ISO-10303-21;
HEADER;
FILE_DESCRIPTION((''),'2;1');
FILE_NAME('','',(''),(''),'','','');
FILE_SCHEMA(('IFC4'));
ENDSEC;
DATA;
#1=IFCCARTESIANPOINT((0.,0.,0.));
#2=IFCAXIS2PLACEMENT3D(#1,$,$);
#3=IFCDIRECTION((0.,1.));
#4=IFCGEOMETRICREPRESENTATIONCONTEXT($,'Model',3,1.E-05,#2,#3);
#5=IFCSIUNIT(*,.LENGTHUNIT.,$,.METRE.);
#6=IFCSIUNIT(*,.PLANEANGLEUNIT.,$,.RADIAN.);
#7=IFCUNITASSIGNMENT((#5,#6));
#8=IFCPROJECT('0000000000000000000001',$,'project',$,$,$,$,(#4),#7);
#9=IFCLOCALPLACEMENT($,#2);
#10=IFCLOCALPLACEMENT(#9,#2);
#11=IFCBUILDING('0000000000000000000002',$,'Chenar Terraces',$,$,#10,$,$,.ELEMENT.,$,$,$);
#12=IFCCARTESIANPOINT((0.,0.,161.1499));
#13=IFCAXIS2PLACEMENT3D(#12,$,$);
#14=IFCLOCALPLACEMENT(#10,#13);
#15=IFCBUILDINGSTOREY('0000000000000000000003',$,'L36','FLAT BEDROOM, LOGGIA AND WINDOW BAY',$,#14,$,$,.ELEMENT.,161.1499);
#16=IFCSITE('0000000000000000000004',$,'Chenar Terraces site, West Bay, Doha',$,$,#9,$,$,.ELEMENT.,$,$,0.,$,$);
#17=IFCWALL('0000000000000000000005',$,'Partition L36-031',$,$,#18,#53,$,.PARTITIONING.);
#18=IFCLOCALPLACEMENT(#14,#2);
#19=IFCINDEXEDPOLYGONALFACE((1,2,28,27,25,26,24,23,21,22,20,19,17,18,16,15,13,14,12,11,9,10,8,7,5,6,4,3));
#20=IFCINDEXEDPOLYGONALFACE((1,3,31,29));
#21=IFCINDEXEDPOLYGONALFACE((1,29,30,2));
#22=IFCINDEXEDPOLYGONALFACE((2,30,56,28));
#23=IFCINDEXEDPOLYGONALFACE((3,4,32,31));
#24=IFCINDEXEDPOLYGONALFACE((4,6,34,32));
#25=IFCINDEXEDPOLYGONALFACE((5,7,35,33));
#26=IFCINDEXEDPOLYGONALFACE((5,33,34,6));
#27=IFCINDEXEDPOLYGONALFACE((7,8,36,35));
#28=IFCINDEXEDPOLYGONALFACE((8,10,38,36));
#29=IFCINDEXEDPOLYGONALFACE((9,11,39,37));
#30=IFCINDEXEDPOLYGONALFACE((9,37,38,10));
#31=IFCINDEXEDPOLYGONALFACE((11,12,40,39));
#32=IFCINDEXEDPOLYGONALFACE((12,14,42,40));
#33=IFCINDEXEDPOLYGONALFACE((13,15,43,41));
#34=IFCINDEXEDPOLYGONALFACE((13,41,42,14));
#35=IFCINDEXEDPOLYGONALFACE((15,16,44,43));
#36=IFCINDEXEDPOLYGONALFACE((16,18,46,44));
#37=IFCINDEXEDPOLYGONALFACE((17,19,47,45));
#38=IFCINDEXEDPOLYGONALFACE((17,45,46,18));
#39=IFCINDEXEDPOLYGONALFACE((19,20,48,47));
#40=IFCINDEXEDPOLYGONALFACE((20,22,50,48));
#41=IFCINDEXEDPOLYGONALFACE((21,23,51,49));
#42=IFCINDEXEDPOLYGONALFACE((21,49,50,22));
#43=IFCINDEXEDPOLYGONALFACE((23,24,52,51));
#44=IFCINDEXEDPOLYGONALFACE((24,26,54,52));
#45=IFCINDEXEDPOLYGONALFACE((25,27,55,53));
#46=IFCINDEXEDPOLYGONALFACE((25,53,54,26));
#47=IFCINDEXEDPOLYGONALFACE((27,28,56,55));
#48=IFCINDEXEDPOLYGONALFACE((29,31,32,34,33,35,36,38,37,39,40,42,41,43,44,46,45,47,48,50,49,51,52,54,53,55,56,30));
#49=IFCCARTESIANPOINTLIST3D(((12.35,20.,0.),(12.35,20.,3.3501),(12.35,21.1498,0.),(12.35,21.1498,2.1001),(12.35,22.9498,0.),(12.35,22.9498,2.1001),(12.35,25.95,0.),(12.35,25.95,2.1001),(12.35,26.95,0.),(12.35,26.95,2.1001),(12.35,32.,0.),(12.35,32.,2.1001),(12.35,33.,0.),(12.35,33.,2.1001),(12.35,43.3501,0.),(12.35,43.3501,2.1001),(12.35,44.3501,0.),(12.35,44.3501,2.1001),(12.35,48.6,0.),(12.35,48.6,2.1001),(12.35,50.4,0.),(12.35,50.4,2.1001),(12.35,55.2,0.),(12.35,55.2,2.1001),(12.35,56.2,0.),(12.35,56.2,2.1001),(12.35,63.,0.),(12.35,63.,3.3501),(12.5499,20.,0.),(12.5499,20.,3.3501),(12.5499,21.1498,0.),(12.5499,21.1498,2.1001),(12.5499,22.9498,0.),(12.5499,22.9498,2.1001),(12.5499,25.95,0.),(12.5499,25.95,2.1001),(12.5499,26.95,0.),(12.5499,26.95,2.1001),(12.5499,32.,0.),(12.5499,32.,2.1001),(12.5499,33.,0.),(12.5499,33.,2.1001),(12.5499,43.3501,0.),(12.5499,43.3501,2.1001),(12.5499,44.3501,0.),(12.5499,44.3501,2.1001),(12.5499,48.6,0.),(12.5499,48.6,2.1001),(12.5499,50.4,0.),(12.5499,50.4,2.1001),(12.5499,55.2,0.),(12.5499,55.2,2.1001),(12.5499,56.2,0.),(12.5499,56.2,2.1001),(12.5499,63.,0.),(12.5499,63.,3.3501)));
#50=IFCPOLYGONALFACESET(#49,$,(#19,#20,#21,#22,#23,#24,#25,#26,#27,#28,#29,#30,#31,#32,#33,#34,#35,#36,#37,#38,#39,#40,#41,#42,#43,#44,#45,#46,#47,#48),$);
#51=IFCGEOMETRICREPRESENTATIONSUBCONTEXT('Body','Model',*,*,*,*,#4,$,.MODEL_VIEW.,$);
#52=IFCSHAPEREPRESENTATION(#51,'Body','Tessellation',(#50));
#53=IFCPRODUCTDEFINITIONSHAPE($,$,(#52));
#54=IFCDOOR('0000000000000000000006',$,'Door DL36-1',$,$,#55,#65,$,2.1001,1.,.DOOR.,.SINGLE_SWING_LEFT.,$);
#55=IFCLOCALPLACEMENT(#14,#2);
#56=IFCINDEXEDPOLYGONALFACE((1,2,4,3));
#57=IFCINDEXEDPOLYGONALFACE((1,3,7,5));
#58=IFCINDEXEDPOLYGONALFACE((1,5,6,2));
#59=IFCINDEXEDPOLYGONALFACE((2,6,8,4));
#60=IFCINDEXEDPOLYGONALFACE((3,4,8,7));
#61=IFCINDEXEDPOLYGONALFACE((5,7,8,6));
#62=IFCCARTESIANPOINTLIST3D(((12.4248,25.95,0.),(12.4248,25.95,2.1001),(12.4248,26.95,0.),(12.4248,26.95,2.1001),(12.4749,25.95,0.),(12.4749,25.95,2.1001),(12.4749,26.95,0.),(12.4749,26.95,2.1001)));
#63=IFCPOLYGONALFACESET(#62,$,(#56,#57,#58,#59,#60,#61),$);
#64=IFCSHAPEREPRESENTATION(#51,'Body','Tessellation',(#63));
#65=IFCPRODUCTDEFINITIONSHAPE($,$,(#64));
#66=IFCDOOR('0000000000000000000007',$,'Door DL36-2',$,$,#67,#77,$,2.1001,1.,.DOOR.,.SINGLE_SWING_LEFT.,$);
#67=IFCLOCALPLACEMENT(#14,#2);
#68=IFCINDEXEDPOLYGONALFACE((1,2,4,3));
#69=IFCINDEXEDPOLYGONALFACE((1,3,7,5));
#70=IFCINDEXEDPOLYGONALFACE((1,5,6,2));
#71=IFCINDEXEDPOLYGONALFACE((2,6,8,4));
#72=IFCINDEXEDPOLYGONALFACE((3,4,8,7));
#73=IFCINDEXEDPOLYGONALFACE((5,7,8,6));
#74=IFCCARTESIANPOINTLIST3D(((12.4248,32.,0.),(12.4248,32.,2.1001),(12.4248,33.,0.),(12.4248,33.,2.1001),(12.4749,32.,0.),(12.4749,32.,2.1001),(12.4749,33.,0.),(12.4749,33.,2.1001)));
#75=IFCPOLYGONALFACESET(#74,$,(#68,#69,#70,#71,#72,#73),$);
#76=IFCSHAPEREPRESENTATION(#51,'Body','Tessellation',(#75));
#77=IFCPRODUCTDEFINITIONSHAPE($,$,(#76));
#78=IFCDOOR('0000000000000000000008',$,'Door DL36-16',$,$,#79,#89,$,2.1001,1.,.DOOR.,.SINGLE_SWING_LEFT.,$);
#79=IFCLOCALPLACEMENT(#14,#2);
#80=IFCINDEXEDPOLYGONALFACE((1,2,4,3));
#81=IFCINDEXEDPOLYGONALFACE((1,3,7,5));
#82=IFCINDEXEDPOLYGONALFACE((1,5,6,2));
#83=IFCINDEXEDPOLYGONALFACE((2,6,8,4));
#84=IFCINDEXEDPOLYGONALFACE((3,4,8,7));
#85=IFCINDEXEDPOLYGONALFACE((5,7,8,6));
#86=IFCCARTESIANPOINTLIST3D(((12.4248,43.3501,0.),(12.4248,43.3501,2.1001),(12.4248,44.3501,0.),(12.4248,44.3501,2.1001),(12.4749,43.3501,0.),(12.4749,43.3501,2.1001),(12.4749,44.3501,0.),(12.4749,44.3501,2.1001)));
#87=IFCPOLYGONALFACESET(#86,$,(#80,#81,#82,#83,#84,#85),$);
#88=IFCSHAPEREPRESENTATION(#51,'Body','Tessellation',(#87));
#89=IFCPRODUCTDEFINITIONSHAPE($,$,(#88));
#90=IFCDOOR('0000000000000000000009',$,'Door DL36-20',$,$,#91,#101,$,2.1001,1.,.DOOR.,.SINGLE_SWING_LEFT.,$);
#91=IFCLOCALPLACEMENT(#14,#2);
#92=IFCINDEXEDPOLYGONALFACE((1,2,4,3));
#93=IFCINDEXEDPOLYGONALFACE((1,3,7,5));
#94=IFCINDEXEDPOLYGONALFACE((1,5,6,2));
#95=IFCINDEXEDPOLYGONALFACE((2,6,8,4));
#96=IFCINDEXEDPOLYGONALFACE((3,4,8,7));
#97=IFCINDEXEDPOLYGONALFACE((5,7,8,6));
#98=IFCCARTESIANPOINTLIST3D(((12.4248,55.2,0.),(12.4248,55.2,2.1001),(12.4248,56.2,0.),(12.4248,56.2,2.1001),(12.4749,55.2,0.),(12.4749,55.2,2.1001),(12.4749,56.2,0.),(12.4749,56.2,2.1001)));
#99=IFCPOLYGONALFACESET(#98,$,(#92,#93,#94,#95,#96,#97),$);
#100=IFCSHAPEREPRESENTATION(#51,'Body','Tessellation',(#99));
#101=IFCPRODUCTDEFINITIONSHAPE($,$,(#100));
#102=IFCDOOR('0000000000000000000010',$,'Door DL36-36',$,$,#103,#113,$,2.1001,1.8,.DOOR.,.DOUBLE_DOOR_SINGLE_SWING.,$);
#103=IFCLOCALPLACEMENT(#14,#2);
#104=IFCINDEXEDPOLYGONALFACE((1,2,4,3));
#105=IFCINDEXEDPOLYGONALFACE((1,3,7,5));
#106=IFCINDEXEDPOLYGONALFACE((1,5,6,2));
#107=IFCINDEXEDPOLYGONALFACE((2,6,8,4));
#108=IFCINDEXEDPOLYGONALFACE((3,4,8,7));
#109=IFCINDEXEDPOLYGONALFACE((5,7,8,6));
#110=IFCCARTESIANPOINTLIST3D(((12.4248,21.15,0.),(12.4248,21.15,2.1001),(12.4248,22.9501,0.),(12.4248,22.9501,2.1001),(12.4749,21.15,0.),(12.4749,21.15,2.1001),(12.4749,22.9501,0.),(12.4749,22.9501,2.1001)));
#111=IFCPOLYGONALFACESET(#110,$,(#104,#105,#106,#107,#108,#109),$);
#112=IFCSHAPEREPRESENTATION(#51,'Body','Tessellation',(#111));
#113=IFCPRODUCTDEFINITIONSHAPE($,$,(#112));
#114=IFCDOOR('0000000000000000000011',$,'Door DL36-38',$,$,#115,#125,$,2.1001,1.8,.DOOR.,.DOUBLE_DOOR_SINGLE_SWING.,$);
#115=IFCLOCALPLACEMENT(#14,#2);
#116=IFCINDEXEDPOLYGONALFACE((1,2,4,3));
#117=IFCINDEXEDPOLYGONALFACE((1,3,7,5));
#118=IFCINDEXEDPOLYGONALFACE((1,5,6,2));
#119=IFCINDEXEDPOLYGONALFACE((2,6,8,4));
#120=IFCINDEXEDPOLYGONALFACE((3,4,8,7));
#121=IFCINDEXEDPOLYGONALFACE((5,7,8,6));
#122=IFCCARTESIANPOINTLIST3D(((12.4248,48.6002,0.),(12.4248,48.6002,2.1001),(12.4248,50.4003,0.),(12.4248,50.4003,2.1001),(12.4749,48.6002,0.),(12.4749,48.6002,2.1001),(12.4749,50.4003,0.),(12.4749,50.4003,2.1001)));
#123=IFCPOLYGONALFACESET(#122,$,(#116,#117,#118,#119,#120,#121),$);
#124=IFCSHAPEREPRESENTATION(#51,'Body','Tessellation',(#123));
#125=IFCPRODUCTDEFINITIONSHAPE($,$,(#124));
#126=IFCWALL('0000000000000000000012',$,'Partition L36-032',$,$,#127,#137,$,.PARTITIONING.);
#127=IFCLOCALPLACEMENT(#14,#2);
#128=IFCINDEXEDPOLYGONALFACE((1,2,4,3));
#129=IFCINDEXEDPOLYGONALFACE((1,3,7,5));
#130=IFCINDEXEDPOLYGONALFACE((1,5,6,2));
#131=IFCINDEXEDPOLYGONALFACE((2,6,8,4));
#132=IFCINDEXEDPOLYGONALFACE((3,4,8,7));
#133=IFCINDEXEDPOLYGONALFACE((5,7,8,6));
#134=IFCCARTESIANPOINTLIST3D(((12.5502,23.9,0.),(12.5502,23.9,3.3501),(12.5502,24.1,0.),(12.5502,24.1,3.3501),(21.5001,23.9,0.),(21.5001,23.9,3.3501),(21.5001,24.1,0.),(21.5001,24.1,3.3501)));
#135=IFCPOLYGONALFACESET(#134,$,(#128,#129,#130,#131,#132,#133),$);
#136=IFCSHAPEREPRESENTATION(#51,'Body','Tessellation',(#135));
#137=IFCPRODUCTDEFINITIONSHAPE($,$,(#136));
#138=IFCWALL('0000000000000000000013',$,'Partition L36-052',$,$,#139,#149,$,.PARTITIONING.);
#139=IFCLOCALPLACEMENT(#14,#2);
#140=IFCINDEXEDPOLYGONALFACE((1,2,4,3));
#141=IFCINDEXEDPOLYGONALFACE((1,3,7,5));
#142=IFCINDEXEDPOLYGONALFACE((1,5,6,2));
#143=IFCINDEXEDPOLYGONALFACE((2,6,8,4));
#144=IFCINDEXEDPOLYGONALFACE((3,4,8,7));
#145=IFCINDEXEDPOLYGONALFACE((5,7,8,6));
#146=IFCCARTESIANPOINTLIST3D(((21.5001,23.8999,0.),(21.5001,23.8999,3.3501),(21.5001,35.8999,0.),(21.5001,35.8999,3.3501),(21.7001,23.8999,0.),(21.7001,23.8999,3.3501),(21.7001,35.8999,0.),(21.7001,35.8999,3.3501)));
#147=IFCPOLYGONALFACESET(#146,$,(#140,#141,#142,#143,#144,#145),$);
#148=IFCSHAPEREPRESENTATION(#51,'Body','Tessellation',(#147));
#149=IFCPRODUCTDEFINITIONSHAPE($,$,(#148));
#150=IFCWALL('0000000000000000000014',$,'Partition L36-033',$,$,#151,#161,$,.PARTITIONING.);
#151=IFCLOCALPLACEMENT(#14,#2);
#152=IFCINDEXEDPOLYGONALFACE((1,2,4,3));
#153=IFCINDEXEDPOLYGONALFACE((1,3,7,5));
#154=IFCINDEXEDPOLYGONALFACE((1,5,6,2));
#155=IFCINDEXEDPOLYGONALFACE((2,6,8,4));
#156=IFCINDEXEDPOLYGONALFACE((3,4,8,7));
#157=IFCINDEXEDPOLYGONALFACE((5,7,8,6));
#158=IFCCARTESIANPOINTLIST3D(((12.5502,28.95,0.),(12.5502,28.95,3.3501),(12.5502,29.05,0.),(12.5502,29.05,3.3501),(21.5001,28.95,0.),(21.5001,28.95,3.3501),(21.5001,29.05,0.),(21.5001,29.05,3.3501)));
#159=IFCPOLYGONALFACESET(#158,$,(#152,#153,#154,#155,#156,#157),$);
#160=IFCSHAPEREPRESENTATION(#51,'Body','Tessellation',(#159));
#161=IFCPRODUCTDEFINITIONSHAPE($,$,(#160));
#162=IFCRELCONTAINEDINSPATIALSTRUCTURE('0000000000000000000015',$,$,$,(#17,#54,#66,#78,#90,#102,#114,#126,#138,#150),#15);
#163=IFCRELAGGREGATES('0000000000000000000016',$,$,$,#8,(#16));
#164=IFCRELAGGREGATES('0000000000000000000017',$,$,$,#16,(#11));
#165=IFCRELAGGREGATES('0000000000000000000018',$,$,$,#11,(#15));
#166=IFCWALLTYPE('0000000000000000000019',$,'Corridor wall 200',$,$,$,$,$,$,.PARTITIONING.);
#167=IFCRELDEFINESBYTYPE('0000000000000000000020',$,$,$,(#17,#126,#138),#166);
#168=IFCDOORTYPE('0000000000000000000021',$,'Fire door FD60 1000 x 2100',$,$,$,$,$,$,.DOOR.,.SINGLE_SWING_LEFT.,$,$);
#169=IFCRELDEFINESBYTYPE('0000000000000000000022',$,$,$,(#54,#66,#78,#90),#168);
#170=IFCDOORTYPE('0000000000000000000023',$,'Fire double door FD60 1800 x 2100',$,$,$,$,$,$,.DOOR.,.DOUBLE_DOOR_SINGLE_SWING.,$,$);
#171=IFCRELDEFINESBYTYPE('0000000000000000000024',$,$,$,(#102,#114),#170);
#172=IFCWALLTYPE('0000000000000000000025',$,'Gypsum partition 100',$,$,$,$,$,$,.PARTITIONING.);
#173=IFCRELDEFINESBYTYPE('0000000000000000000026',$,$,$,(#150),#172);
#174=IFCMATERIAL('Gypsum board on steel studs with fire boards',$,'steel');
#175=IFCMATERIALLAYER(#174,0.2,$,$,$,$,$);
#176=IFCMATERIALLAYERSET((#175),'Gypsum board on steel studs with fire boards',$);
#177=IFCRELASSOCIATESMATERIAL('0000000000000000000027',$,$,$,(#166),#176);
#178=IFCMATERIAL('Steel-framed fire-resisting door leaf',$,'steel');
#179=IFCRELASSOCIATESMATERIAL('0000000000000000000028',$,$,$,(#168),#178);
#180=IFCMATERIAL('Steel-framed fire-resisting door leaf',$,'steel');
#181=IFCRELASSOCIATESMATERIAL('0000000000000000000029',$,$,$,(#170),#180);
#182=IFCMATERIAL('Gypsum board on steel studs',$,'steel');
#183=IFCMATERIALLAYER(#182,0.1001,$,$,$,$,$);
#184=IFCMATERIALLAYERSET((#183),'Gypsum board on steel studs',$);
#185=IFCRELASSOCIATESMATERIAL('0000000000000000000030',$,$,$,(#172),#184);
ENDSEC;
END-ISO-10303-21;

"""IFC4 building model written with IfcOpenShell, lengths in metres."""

from ifc_helpers import new_model, si_unit, direction, frame, frame_2d, origin, place, context, subcontext, project, spatial, rectangle, extrude, material, layer, layer_set, type_object, element, fill, save


model = new_model("IFC4")

# Units and contexts
model_context = context("Model", 3, precision=1e-05, world=origin(), true_north=direction((0.0, 1.0)))
body_context = subcontext(model_context, "Body", "Model", "MODEL_VIEW")
ifc_project = project(units=[si_unit("LENGTHUNIT", "METRE"), si_unit("PLANEANGLEUNIT", "RADIAN")], contexts=[model_context])

# Site, building, storey
site_placement = place(None, origin())
site = spatial("IfcSite", under=ifc_project, at=site_placement, Name="Chenar Terraces site, West Bay, Doha", CompositionType="ELEMENT", RefElevation=0.0)
building_placement = place(site_placement, origin())
building = spatial("IfcBuilding", under=site, at=building_placement, Name="Chenar Terraces", CompositionType="ELEMENT")
storey_placement = place(building_placement, frame((0.0, 0.0, 161.1499)))
storey = spatial("IfcBuildingStorey", under=building, at=storey_placement, Name="L36", Description="FLAT BEDROOM, LOGGIA AND WINDOW BAY", CompositionType="ELEMENT", Elevation=161.1499)

# Wall, openings, doors
ifc_material_1 = material(Name="Gypsum board on steel studs with fire boards", Category="steel")
ifc_layer_1 = layer(ifc_material_1, 0.2)
ifc_layer_set_1 = layer_set([ifc_layer_1], Name="Gypsum board on steel studs with fire boards")
wall_type_1 = type_object("IfcWallType", Name="Corridor wall 200", PredefinedType="PARTITIONING", material=ifc_layer_set_1)
wall_1_placement = place(storey_placement, frame((12.45, 20.0, 0.0), z_axis=(0.0, 0.0, 1.0), x_axis=(0.0, 1.0, 0.0)))
wall_1 = element("IfcWall", 1, at=wall_1_placement, inside=storey, type_object=wall_type_1, Name="Partition L36-031", PredefinedType="PARTITIONING", context=body_context, shape_type="SweptSolid", body=[
    extrude(rectangle(XDim=43.0, YDim=0.2, at=frame_2d((21.5, 0.0))), origin(), (0.0, 0.0, 1.0), 3.3501),
])
opening_1_placement = place(wall_1_placement, frame((5.95, 0.0, 0.0)))
opening_1 = element("IfcOpeningElement", 2, at=opening_1_placement, cuts=wall_1, PredefinedType="OPENING", context=body_context, shape_type="SweptSolid", body=[
    extrude(rectangle(XDim=1.0, YDim=2.1001, at=frame_2d((0.5, 1.05))), frame((0.0, 0.1099, 0.0), z_axis=(0.0, -1.0, 0.0), x_axis=(1.0, 0.0, 0.0)), (0.0, 0.0, 1.0), 0.22),
])
opening_2_placement = place(wall_1_placement, frame((12.0, 0.0, 0.0)))
opening_2 = element("IfcOpeningElement", 3, at=opening_2_placement, cuts=wall_1, PredefinedType="OPENING", context=body_context, shape_type="SweptSolid", body=[
    extrude(rectangle(XDim=1.0, YDim=2.1001, at=frame_2d((0.5, 1.05))), frame((0.0, 0.1099, 0.0), z_axis=(0.0, -1.0, 0.0), x_axis=(1.0, 0.0, 0.0)), (0.0, 0.0, 1.0), 0.22),
])
opening_3_placement = place(wall_1_placement, frame((23.3501, 0.0, 0.0)))
opening_3 = element("IfcOpeningElement", 4, at=opening_3_placement, cuts=wall_1, PredefinedType="OPENING", context=body_context, shape_type="SweptSolid", body=[
    extrude(rectangle(XDim=1.0, YDim=2.1001, at=frame_2d((0.5, 1.05))), frame((0.0, 0.1099, 0.0), z_axis=(0.0, -1.0, 0.0), x_axis=(1.0, 0.0, 0.0)), (0.0, 0.0, 1.0), 0.22),
])
opening_4_placement = place(wall_1_placement, frame((35.2, 0.0, 0.0)))
opening_4 = element("IfcOpeningElement", 5, at=opening_4_placement, cuts=wall_1, PredefinedType="OPENING", context=body_context, shape_type="SweptSolid", body=[
    extrude(rectangle(XDim=1.0, YDim=2.1001, at=frame_2d((0.5, 1.05))), frame((0.0, 0.1099, 0.0), z_axis=(0.0, -1.0, 0.0), x_axis=(1.0, 0.0, 0.0)), (0.0, 0.0, 1.0), 0.22),
])
opening_5_placement = place(wall_1_placement, frame((1.1499, 0.0, 0.0)))
opening_5 = element("IfcOpeningElement", 6, at=opening_5_placement, cuts=wall_1, PredefinedType="OPENING", context=body_context, shape_type="SweptSolid", body=[
    extrude(rectangle(XDim=1.8, YDim=2.1001, at=frame_2d((0.8999, 1.05))), frame((0.0, 0.1099, 0.0), z_axis=(0.0, -1.0, 0.0), x_axis=(1.0, 0.0, 0.0)), (0.0, 0.0, 1.0), 0.22),
])
opening_6_placement = place(wall_1_placement, frame((28.6001, 0.0, 0.0)))
opening_6 = element("IfcOpeningElement", 7, at=opening_6_placement, cuts=wall_1, PredefinedType="OPENING", context=body_context, shape_type="SweptSolid", body=[
    extrude(rectangle(XDim=1.8, YDim=2.1001, at=frame_2d((0.8999, 1.05))), frame((0.0, 0.1099, 0.0), z_axis=(0.0, -1.0, 0.0), x_axis=(1.0, 0.0, 0.0)), (0.0, 0.0, 1.0), 0.22),
])
ifc_material_2 = material(Name="Steel-framed fire-resisting door leaf", Category="steel")
door_type_1 = type_object("IfcDoorType", Name="Fire door FD60 1000 x 2100", OperationType="SINGLE_SWING_LEFT", PredefinedType="DOOR", material=ifc_material_2)
door_1_placement = place(opening_1_placement, frame((1.0, 0.0, 0.0), z_axis=(0.0, 0.0, 1.0), x_axis=(-1.0, 0.0, 0.0)))
door_1 = element("IfcDoor", 8, at=door_1_placement, inside=storey, type_object=door_type_1, Name="Door DL36-1", OperationType="SINGLE_SWING_LEFT", OverallHeight=2.1001, OverallWidth=1.0, PredefinedType="DOOR", context=body_context, shape_type="SweptSolid", body=[
    extrude(rectangle(XDim=1.0, YDim=2.1001, at=frame_2d((0.5, 1.05))), frame((0.0, 0.0249, 0.0), z_axis=(0.0, -1.0, 0.0), x_axis=(1.0, 0.0, 0.0)), (0.0, 0.0, 1.0), 0.05),
])
fill(opening_1, door_1)
door_2_placement = place(opening_2_placement, frame((1.0, 0.0, 0.0), z_axis=(0.0, 0.0, 1.0), x_axis=(-1.0, 0.0, 0.0)))
door_2 = element("IfcDoor", 9, at=door_2_placement, inside=storey, type_object=door_type_1, Name="Door DL36-2", OperationType="SINGLE_SWING_LEFT", OverallHeight=2.1001, OverallWidth=1.0, PredefinedType="DOOR", context=body_context, shape_type="SweptSolid", body=[
    extrude(rectangle(XDim=1.0, YDim=2.1001, at=frame_2d((0.5, 1.05))), frame((0.0, 0.0249, 0.0), z_axis=(0.0, -1.0, 0.0), x_axis=(1.0, 0.0, 0.0)), (0.0, 0.0, 1.0), 0.05),
])
fill(opening_2, door_2)
door_3_placement = place(opening_3_placement, frame((1.0, 0.0, 0.0), z_axis=(0.0, 0.0, 1.0), x_axis=(-1.0, 0.0, 0.0)))
door_3 = element("IfcDoor", 10, at=door_3_placement, inside=storey, type_object=door_type_1, Name="Door DL36-16", OperationType="SINGLE_SWING_LEFT", OverallHeight=2.1001, OverallWidth=1.0, PredefinedType="DOOR", context=body_context, shape_type="SweptSolid", body=[
    extrude(rectangle(XDim=1.0, YDim=2.1001, at=frame_2d((0.5, 1.05))), frame((0.0, 0.0249, 0.0), z_axis=(0.0, -1.0, 0.0), x_axis=(1.0, 0.0, 0.0)), (0.0, 0.0, 1.0), 0.05),
])
fill(opening_3, door_3)
door_4_placement = place(opening_4_placement, frame((1.0, 0.0, 0.0), z_axis=(0.0, 0.0, 1.0), x_axis=(-1.0, 0.0, 0.0)))
door_4 = element("IfcDoor", 11, at=door_4_placement, inside=storey, type_object=door_type_1, Name="Door DL36-20", OperationType="SINGLE_SWING_LEFT", OverallHeight=2.1001, OverallWidth=1.0, PredefinedType="DOOR", context=body_context, shape_type="SweptSolid", body=[
    extrude(rectangle(XDim=1.0, YDim=2.1001, at=frame_2d((0.5, 1.05))), frame((0.0, 0.0249, 0.0), z_axis=(0.0, -1.0, 0.0), x_axis=(1.0, 0.0, 0.0)), (0.0, 0.0, 1.0), 0.05),
])
fill(opening_4, door_4)
ifc_material_3 = material(Name="Steel-framed fire-resisting door leaf", Category="steel")
door_type_2 = type_object("IfcDoorType", Name="Fire double door FD60 1800 x 2100", OperationType="DOUBLE_DOOR_SINGLE_SWING", PredefinedType="DOOR", material=ifc_material_3)
door_5_placement = place(opening_5_placement, frame((1.8, 0.0, 0.0), z_axis=(0.0, 0.0, 1.0), x_axis=(-1.0, 0.0, 0.0)))
door_5 = element("IfcDoor", 12, at=door_5_placement, inside=storey, type_object=door_type_2, Name="Door DL36-36", OperationType="DOUBLE_DOOR_SINGLE_SWING", OverallHeight=2.1001, OverallWidth=1.8, PredefinedType="DOOR", context=body_context, shape_type="SweptSolid", body=[
    extrude(rectangle(XDim=1.8, YDim=2.1001, at=frame_2d((0.8999, 1.05))), frame((0.0, 0.0249, 0.0), z_axis=(0.0, -1.0, 0.0), x_axis=(1.0, 0.0, 0.0)), (0.0, 0.0, 1.0), 0.05),
])
fill(opening_5, door_5)
door_6_placement = place(opening_6_placement, frame((1.8, 0.0, 0.0), z_axis=(0.0, 0.0, 1.0), x_axis=(-1.0, 0.0, 0.0)))
door_6 = element("IfcDoor", 13, at=door_6_placement, inside=storey, type_object=door_type_2, Name="Door DL36-38", OperationType="DOUBLE_DOOR_SINGLE_SWING", OverallHeight=2.1001, OverallWidth=1.8, PredefinedType="DOOR", context=body_context, shape_type="SweptSolid", body=[
    extrude(rectangle(XDim=1.8, YDim=2.1001, at=frame_2d((0.8999, 1.05))), frame((0.0, 0.0249, 0.0), z_axis=(0.0, -1.0, 0.0), x_axis=(1.0, 0.0, 0.0)), (0.0, 0.0, 1.0), 0.05),
])
fill(opening_6, door_6)

# Walls
wall_2_placement = place(storey_placement, frame((12.55, 24.0, 0.0), z_axis=(0.0, 0.0, 1.0), x_axis=(1.0, 0.0, 0.0)))
element("IfcWall", 14, at=wall_2_placement, inside=storey, type_object=wall_type_1, Name="Partition L36-032", PredefinedType="PARTITIONING", context=body_context, shape_type="SweptSolid", body=[
    extrude(rectangle(XDim=8.95, YDim=0.2, at=frame_2d((4.4751, 0.0))), origin(), (0.0, 0.0, 1.0), 3.3501),
])
wall_3_placement = place(storey_placement, frame((21.6001, 23.8999, 0.0), z_axis=(0.0, 0.0, 1.0), x_axis=(0.0, 1.0, 0.0)))
element("IfcWall", 15, at=wall_3_placement, inside=storey, type_object=wall_type_1, Name="Partition L36-052", PredefinedType="PARTITIONING", context=body_context, shape_type="SweptSolid", body=[
    extrude(rectangle(XDim=12.0, YDim=0.2, at=frame_2d((6.0, 0.0))), origin(), (0.0, 0.0, 1.0), 3.3501),
])
ifc_material_4 = material(Name="Gypsum board on steel studs", Category="steel")
ifc_layer_2 = layer(ifc_material_4, 0.1001)
ifc_layer_set_2 = layer_set([ifc_layer_2], Name="Gypsum board on steel studs")
wall_type_2 = type_object("IfcWallType", Name="Gypsum partition 100", PredefinedType="PARTITIONING", material=ifc_layer_set_2)
wall_4_placement = place(storey_placement, frame((12.55, 29.0, 0.0), z_axis=(0.0, 0.0, 1.0), x_axis=(1.0, 0.0, 0.0)))
element("IfcWall", 16, at=wall_4_placement, inside=storey, type_object=wall_type_2, Name="Partition L36-033", PredefinedType="PARTITIONING", context=body_context, shape_type="SweptSolid", body=[
    extrude(rectangle(XDim=8.95, YDim=0.1001, at=frame_2d((4.4751, 0.0))), origin(), (0.0, 0.0, 1.0), 3.3501),
])

save(model, "model.ifc")
